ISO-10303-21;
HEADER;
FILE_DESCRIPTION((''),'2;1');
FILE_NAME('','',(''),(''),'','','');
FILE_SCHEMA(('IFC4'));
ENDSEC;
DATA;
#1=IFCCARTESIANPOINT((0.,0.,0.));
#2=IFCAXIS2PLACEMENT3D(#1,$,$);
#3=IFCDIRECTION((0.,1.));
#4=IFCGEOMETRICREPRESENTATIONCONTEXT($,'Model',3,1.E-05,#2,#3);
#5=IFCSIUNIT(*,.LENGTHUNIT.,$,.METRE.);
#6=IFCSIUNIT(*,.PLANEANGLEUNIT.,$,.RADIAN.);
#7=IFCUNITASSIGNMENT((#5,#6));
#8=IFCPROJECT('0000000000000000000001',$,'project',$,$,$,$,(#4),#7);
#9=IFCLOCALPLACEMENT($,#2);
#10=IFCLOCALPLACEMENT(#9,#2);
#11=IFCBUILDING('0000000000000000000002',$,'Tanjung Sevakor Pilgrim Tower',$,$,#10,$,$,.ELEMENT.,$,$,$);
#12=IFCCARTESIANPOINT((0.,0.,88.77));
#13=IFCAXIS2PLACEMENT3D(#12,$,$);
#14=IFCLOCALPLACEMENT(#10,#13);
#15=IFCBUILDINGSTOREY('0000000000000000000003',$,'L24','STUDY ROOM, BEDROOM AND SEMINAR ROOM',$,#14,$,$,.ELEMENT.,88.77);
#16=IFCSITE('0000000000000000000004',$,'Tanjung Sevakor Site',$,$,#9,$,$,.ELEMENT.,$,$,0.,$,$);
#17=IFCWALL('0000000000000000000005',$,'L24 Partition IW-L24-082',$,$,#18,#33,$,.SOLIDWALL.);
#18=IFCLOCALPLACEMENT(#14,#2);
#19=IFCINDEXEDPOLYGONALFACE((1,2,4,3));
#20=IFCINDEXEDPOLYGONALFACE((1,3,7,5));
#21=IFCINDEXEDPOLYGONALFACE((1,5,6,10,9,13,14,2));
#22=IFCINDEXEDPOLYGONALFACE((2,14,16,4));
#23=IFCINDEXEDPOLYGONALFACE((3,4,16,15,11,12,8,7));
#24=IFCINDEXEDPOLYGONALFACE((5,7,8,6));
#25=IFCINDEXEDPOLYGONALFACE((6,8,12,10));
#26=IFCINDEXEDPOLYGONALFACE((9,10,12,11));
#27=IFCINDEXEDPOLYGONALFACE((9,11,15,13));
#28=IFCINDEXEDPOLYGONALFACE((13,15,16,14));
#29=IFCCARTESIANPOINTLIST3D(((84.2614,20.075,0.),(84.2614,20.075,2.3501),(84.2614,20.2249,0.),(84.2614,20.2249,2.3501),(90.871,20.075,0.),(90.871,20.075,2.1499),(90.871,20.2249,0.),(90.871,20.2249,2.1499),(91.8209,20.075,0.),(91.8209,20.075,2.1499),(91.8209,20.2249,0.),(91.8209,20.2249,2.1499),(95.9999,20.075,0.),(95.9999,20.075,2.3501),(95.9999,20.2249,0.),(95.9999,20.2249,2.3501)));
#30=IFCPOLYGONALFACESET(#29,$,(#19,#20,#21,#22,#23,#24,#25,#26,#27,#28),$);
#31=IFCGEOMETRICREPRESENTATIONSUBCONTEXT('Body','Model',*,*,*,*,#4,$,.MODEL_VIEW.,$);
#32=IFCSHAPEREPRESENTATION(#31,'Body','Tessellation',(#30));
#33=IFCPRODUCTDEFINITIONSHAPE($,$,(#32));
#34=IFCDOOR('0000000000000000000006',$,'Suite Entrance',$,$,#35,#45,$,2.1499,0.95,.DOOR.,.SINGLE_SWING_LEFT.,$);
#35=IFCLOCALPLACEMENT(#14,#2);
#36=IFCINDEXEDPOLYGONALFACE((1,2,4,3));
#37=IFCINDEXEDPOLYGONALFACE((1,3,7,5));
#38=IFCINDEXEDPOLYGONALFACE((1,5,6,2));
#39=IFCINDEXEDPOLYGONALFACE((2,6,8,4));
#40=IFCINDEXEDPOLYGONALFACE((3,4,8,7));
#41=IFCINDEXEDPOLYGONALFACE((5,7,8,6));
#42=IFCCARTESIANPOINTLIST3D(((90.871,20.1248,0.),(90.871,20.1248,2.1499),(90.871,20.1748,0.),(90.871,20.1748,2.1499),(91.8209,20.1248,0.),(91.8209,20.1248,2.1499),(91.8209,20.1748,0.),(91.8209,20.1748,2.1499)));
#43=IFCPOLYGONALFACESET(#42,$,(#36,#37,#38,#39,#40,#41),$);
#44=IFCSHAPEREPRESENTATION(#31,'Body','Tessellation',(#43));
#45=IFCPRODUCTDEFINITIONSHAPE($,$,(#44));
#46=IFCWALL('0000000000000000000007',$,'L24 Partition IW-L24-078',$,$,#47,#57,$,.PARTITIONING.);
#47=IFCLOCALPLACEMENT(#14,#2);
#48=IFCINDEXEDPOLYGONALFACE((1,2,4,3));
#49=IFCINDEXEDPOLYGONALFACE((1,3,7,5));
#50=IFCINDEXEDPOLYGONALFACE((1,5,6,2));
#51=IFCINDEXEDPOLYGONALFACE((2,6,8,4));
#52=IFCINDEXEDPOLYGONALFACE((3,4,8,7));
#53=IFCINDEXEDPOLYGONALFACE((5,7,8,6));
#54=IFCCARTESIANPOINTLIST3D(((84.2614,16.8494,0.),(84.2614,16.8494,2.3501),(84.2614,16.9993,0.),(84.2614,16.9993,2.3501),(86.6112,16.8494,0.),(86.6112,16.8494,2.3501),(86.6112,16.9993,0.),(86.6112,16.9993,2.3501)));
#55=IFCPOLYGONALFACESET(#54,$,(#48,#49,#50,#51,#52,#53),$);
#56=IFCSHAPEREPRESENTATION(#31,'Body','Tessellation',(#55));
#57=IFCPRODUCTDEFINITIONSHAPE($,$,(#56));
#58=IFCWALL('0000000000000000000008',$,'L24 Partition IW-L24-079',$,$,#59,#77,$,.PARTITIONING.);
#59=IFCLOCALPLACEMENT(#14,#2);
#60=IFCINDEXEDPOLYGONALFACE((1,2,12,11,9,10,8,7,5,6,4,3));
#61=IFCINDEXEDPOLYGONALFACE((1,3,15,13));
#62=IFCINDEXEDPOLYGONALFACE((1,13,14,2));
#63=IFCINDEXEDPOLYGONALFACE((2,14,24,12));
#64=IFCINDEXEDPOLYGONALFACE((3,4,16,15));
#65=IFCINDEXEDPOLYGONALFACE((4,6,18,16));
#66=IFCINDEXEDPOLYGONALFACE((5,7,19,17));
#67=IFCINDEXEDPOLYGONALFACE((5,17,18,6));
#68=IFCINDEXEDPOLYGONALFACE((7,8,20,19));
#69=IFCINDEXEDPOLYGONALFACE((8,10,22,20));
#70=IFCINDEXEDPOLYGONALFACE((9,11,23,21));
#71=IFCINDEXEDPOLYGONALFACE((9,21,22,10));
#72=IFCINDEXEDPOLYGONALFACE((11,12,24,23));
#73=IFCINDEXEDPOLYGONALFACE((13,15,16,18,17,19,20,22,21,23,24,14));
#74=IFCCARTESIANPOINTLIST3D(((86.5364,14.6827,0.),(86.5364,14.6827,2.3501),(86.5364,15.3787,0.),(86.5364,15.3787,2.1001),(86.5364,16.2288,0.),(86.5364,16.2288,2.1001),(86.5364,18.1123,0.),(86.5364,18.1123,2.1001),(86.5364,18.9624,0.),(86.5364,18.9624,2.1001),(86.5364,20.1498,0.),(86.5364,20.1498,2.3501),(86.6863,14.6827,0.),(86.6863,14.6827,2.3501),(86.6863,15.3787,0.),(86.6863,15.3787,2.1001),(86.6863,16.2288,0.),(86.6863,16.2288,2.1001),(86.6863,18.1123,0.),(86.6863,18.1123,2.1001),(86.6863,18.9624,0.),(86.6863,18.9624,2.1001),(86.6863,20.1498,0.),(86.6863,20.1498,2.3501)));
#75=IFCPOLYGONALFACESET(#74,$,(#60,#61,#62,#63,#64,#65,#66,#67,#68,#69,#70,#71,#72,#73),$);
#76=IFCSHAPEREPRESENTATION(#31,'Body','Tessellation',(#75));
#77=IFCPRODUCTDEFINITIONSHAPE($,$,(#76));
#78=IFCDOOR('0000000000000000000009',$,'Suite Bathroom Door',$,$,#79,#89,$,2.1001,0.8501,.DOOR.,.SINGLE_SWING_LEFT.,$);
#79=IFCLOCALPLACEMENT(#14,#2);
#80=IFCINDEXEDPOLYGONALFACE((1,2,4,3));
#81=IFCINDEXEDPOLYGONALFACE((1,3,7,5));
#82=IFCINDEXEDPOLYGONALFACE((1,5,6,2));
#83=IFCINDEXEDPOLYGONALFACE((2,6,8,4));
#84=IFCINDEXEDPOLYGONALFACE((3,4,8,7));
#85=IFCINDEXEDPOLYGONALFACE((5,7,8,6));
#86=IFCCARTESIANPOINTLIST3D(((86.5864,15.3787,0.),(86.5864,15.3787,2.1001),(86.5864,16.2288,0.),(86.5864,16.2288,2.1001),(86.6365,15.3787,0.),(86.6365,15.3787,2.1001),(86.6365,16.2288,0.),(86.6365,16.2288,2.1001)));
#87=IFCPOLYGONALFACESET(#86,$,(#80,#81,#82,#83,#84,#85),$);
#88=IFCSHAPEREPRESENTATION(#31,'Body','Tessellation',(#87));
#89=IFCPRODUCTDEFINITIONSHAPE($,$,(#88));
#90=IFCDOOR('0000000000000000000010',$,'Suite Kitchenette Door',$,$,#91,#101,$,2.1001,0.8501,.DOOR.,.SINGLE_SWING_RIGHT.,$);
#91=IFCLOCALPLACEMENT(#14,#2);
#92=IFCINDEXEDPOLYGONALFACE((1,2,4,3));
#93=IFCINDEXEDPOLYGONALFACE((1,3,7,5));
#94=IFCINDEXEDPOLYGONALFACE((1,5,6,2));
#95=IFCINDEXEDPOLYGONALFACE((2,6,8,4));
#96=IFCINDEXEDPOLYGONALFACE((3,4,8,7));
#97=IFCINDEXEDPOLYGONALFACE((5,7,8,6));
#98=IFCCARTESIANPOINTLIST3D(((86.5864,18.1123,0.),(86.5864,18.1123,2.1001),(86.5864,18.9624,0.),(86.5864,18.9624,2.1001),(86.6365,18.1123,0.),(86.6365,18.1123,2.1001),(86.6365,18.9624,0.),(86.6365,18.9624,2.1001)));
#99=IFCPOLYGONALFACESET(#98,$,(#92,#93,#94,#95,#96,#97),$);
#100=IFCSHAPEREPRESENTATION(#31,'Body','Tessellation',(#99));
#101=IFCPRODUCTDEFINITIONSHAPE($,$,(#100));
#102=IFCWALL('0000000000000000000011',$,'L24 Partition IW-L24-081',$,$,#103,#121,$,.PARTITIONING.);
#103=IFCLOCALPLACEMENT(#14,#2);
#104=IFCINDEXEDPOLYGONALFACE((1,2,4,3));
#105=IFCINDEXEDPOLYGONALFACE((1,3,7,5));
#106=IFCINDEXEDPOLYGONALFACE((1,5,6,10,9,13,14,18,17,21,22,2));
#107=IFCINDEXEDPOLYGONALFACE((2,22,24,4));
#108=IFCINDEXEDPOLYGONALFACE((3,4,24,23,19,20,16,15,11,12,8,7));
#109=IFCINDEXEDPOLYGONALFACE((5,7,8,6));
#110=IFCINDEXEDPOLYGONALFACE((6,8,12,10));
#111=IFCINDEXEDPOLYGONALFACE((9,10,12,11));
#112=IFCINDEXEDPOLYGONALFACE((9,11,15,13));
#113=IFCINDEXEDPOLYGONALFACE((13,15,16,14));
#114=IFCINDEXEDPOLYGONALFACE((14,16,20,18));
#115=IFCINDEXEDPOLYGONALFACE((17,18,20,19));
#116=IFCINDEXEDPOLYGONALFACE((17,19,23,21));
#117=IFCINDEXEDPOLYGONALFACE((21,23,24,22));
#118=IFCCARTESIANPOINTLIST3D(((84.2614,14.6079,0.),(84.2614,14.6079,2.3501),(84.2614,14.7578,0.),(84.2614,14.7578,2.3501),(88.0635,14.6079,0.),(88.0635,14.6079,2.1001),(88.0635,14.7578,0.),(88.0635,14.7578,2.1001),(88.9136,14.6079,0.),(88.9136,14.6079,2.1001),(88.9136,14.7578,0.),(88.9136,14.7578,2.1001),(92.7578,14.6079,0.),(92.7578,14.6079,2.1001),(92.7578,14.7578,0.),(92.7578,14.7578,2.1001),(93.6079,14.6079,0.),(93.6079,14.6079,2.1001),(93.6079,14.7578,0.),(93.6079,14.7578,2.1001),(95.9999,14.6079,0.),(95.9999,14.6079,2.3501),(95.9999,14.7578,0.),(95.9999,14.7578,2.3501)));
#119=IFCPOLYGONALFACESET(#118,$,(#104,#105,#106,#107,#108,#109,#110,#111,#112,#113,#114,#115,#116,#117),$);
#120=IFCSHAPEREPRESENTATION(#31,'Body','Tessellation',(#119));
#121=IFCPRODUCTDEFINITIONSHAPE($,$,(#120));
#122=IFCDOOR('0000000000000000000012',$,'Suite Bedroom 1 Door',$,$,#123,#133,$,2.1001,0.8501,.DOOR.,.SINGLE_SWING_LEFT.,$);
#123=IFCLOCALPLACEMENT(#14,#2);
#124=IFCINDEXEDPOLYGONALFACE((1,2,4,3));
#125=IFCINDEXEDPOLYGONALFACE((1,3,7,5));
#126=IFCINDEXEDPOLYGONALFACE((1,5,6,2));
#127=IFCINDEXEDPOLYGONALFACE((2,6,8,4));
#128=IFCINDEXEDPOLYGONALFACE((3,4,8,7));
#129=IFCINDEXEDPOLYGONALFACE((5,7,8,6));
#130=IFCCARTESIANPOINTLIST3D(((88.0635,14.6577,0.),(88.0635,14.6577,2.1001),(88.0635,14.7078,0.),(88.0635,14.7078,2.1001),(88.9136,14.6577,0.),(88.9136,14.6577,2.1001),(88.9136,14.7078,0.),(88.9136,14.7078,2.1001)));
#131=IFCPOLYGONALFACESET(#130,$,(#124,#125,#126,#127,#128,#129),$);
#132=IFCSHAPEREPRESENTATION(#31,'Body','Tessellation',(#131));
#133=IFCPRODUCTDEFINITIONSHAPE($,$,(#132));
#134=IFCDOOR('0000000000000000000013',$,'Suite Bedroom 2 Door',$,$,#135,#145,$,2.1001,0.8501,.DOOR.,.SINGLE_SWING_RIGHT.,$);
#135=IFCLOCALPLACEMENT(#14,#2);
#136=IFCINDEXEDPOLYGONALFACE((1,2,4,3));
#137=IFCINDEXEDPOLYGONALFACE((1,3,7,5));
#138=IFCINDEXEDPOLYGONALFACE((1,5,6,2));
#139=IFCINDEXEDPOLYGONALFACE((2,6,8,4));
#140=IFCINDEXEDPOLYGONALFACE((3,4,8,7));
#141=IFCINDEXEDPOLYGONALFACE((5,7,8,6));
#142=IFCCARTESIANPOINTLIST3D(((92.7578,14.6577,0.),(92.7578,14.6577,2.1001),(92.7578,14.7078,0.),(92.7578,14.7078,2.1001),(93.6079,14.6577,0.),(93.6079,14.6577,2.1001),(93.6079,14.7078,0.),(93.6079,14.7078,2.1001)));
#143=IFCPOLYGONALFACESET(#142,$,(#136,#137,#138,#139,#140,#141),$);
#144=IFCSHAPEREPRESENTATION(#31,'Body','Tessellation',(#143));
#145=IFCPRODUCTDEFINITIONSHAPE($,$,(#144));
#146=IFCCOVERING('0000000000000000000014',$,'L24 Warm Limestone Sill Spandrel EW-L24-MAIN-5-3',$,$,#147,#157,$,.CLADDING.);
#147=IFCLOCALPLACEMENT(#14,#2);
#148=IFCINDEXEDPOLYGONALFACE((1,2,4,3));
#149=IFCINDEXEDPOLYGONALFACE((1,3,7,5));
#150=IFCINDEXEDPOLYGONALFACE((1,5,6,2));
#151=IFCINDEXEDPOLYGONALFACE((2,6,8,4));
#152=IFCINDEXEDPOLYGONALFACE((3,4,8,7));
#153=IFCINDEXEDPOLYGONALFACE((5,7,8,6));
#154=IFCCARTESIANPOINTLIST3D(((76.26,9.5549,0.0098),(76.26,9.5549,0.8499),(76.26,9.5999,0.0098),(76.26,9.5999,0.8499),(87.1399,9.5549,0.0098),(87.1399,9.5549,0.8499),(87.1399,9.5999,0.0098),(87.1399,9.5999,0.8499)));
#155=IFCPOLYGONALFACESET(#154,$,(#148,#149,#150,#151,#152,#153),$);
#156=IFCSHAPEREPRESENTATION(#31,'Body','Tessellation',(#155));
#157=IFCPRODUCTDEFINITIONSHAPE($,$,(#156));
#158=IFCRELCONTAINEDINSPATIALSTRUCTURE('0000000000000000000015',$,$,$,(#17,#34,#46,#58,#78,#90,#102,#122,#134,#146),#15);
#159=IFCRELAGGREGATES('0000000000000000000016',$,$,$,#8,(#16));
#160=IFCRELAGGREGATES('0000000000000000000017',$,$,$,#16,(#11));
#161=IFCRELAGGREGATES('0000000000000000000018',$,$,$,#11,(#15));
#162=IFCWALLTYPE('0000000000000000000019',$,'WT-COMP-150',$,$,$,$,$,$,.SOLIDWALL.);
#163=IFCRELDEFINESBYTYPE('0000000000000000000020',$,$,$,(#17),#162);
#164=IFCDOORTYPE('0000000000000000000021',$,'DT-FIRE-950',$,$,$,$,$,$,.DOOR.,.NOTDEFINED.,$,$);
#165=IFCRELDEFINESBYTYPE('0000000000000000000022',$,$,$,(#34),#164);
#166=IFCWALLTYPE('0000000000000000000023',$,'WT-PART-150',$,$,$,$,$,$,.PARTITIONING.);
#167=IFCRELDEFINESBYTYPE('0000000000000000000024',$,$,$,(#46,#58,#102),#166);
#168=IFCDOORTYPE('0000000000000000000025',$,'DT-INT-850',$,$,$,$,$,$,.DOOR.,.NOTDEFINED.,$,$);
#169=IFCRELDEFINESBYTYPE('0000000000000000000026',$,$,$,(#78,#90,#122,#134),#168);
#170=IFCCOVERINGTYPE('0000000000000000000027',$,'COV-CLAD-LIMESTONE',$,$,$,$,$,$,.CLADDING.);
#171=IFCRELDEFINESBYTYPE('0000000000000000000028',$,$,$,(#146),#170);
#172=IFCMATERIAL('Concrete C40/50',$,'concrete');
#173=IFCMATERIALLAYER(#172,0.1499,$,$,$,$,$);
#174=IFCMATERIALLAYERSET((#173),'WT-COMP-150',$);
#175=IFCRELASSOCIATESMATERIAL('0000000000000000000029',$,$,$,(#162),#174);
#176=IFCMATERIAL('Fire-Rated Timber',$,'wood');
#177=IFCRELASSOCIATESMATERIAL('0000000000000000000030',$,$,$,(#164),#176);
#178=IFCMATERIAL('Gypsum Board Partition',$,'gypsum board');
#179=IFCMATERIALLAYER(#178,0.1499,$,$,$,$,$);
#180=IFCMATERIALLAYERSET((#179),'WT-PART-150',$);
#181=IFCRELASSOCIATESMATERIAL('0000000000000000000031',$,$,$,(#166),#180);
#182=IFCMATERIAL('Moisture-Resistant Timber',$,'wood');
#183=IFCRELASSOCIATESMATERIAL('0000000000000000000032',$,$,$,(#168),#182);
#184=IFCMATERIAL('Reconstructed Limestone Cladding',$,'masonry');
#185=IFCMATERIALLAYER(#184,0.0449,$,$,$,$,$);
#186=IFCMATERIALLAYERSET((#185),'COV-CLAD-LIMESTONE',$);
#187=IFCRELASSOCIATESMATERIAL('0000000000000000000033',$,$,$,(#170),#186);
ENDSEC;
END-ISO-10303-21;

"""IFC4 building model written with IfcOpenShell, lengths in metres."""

from ifc_helpers import new_model, si_unit, direction, frame, frame_2d, origin, origin_2d, place, context, subcontext, project, spatial, rectangle, extrude, material, layer, layer_set, type_object, element, fill, save


model = new_model("IFC4")

# Units and contexts
model_context = context("Model", 3, precision=1e-05, world=origin(), true_north=direction((0.0, 1.0)))
body_context = subcontext(model_context, "Body", "Model", "MODEL_VIEW")
ifc_project = project(units=[si_unit("LENGTHUNIT", "METRE"), si_unit("PLANEANGLEUNIT", "RADIAN")], contexts=[model_context])

# Site, building, storey
site_placement = place(None, origin())
site = spatial("IfcSite", under=ifc_project, at=site_placement, Name="Tanjung Sevakor Site", CompositionType="ELEMENT", RefElevation=0.0)
building_placement = place(site_placement, origin())
building = spatial("IfcBuilding", under=site, at=building_placement, Name="Tanjung Sevakor Pilgrim Tower", CompositionType="ELEMENT")
storey_placement = place(building_placement, frame((0.0, 0.0, 88.77)))
storey = spatial("IfcBuildingStorey", under=building, at=storey_placement, Name="L24", Description="STUDY ROOM, BEDROOM AND SEMINAR ROOM", CompositionType="ELEMENT", Elevation=88.77)

# Shared definitions
ifc_material_1 = material(Name="Concrete C40/50", Category="concrete")
ifc_layer_1 = layer(ifc_material_1, 0.1499)
ifc_layer_set_1 = layer_set([ifc_layer_1], Name="WT-COMP-150")
wall_type_1 = type_object("IfcWallType", Name="WT-COMP-150", PredefinedType="SOLIDWALL", material=ifc_layer_set_1)

# Wall, opening, door
wall_1_placement = place(storey_placement, frame((84.2615, 20.1499, 0.0), z_axis=(0.0, 0.0, 1.0), x_axis=(1.0, 0.0, 0.0)))
wall_1 = element("IfcWall", 1, at=wall_1_placement, inside=storey, type_object=wall_type_1, Name="L24 Partition IW-L24-082", PredefinedType="SOLIDWALL", context=body_context, shape_type="SweptSolid", body=[
    extrude(rectangle(XDim=11.7385, YDim=0.1499, at=frame_2d((5.8691, 0.0))), origin(), (0.0, 0.0, 1.0), 2.3501),
])
opening_1_placement = place(wall_1_placement, frame((6.6094, 0.0, 0.0)))
opening_1 = element("IfcOpeningElement", 2, at=opening_1_placement, cuts=wall_1, PredefinedType="OPENING", context=body_context, shape_type="SweptSolid", body=[
    extrude(rectangle(XDim=0.95, YDim=2.1499, at=frame_2d((0.4751, 1.075))), frame((0.0, 0.085, 0.0), z_axis=(0.0, -1.0, 0.0), x_axis=(1.0, 0.0, 0.0)), (0.0, 0.0, 1.0), 0.1699),
])
ifc_material_2 = material(Name="Fire-Rated Timber", Category="wood")
door_type_1 = type_object("IfcDoorType", Name="DT-FIRE-950", OperationType="NOTDEFINED", PredefinedType="DOOR", material=ifc_material_2)
door_1_placement = place(opening_1_placement, origin())
door_1 = element("IfcDoor", 3, at=door_1_placement, inside=storey, type_object=door_type_1, Name="Suite Entrance", OperationType="SINGLE_SWING_LEFT", OverallHeight=2.1499, OverallWidth=0.95, PredefinedType="DOOR", context=body_context, shape_type="SweptSolid", body=[
    extrude(rectangle(XDim=0.95, YDim=2.1499, at=frame_2d((0.4751, 1.075))), frame((0.0, 0.0249, 0.0), z_axis=(0.0, -1.0, 0.0), x_axis=(1.0, 0.0, 0.0)), (0.0, 0.0, 1.0), 0.05),
])
fill(opening_1, door_1)

# Wall
ifc_material_3 = material(Name="Gypsum Board Partition", Category="gypsum board")
ifc_layer_2 = layer(ifc_material_3, 0.1499)
ifc_layer_set_2 = layer_set([ifc_layer_2], Name="WT-PART-150")
wall_type_2 = type_object("IfcWallType", Name="WT-PART-150", PredefinedType="PARTITIONING", material=ifc_layer_set_2)
wall_2_placement = place(storey_placement, frame((84.2615, 16.9243, 0.0), z_axis=(0.0, 0.0, 1.0), x_axis=(1.0, 0.0, 0.0)))
element("IfcWall", 4, at=wall_2_placement, inside=storey, type_object=wall_type_2, Name="L24 Partition IW-L24-078", PredefinedType="PARTITIONING", context=body_context, shape_type="SweptSolid", body=[
    extrude(rectangle(XDim=2.3499, YDim=0.1499, at=frame_2d((1.1748, 0.0))), origin(), (0.0, 0.0, 1.0), 2.3501),
])

# Walls, openings, doors
wall_3_placement = place(storey_placement, frame((86.6113, 14.6829, 0.0), z_axis=(0.0, 0.0, 1.0), x_axis=(0.0, 1.0, 0.0)))
wall_3 = element("IfcWall", 5, at=wall_3_placement, inside=storey, type_object=wall_type_2, Name="L24 Partition IW-L24-079", PredefinedType="PARTITIONING", context=body_context, shape_type="SweptSolid", body=[
    extrude(rectangle(XDim=5.467, YDim=0.1499, at=frame_2d((2.7334, 0.0))), origin(), (0.0, 0.0, 1.0), 2.3501),
])
opening_2_placement = place(wall_3_placement, frame((0.6958, 0.0, 0.0)))
opening_2 = element("IfcOpeningElement", 6, at=opening_2_placement, cuts=wall_3, PredefinedType="OPENING", context=body_context, shape_type="SweptSolid", body=[
    extrude(rectangle(XDim=0.8501, YDim=2.1001, at=frame_2d((0.425, 1.05))), frame((0.0, 0.085, 0.0), z_axis=(0.0, -1.0, 0.0), x_axis=(1.0, 0.0, 0.0)), (0.0, 0.0, 1.0), 0.1699),
])
opening_3_placement = place(wall_3_placement, frame((3.4294, 0.0, 0.0)))
opening_3 = element("IfcOpeningElement", 7, at=opening_3_placement, cuts=wall_3, PredefinedType="OPENING", context=body_context, shape_type="SweptSolid", body=[
    extrude(rectangle(XDim=0.8501, YDim=2.1001, at=frame_2d((0.425, 1.05))), frame((0.0, 0.085, 0.0), z_axis=(0.0, -1.0, 0.0), x_axis=(1.0, 0.0, 0.0)), (0.0, 0.0, 1.0), 0.1699),
])
ifc_material_4 = material(Name="Moisture-Resistant Timber", Category="wood")
door_type_2 = type_object("IfcDoorType", Name="DT-INT-850", OperationType="NOTDEFINED", PredefinedType="DOOR", material=ifc_material_4)
door_2_placement = place(opening_2_placement, origin())
door_2 = element("IfcDoor", 8, at=door_2_placement, inside=storey, type_object=door_type_2, Name="Suite Bathroom Door", OperationType="SINGLE_SWING_LEFT", OverallHeight=2.1001, OverallWidth=0.8501, PredefinedType="DOOR", context=body_context, shape_type="SweptSolid", body=[
    extrude(rectangle(XDim=0.8501, YDim=2.1001, at=frame_2d((0.425, 1.05))), frame((0.0, 0.0249, 0.0), z_axis=(0.0, -1.0, 0.0), x_axis=(1.0, 0.0, 0.0)), (0.0, 0.0, 1.0), 0.05),
])
fill(opening_2, door_2)
door_3_placement = place(opening_3_placement, origin())
door_3 = element("IfcDoor", 9, at=door_3_placement, inside=storey, type_object=door_type_2, Name="Suite Kitchenette Door", OperationType="SINGLE_SWING_RIGHT", OverallHeight=2.1001, OverallWidth=0.8501, PredefinedType="DOOR", context=body_context, shape_type="SweptSolid", body=[
    extrude(rectangle(XDim=0.8501, YDim=2.1001, at=frame_2d((0.425, 1.05))), frame((0.0, 0.0249, 0.0), z_axis=(0.0, -1.0, 0.0), x_axis=(1.0, 0.0, 0.0)), (0.0, 0.0, 1.0), 0.05),
])
fill(opening_3, door_3)
wall_4_placement = place(storey_placement, frame((84.2615, 14.6829, 0.0), z_axis=(0.0, 0.0, 1.0), x_axis=(1.0, 0.0, 0.0)))
wall_4 = element("IfcWall", 10, at=wall_4_placement, inside=storey, type_object=wall_type_2, Name="L24 Partition IW-L24-081", PredefinedType="PARTITIONING", context=body_context, shape_type="SweptSolid", body=[
    extrude(rectangle(XDim=11.7385, YDim=0.1499, at=frame_2d((5.8691, 0.0))), origin(), (0.0, 0.0, 1.0), 2.3501),
])
opening_4_placement = place(wall_4_placement, frame((3.802, 0.0, 0.0)))
opening_4 = element("IfcOpeningElement", 11, at=opening_4_placement, cuts=wall_4, PredefinedType="OPENING", context=body_context, shape_type="SweptSolid", body=[
    extrude(rectangle(XDim=0.8501, YDim=2.1001, at=frame_2d((0.425, 1.05))), frame((0.0, 0.085, 0.0), z_axis=(0.0, -1.0, 0.0), x_axis=(1.0, 0.0, 0.0)), (0.0, 0.0, 1.0), 0.1699),
])
opening_5_placement = place(wall_4_placement, frame((8.4963, 0.0, 0.0)))
opening_5 = element("IfcOpeningElement", 12, at=opening_5_placement, cuts=wall_4, PredefinedType="OPENING", context=body_context, shape_type="SweptSolid", body=[
    extrude(rectangle(XDim=0.8501, YDim=2.1001, at=frame_2d((0.425, 1.05))), frame((0.0, 0.085, 0.0), z_axis=(0.0, -1.0, 0.0), x_axis=(1.0, 0.0, 0.0)), (0.0, 0.0, 1.0), 0.1699),
])
door_4_placement = place(opening_4_placement, origin())
door_4 = element("IfcDoor", 13, at=door_4_placement, inside=storey, type_object=door_type_2, Name="Suite Bedroom 1 Door", OperationType="SINGLE_SWING_LEFT", OverallHeight=2.1001, OverallWidth=0.8501, PredefinedType="DOOR", context=body_context, shape_type="SweptSolid", body=[
    extrude(rectangle(XDim=0.8501, YDim=2.1001, at=frame_2d((0.425, 1.05))), frame((0.0, 0.0249, 0.0), z_axis=(0.0, -1.0, 0.0), x_axis=(1.0, 0.0, 0.0)), (0.0, 0.0, 1.0), 0.05),
])
fill(opening_4, door_4)
door_5_placement = place(opening_5_placement, origin())
door_5 = element("IfcDoor", 14, at=door_5_placement, inside=storey, type_object=door_type_2, Name="Suite Bedroom 2 Door", OperationType="SINGLE_SWING_RIGHT", OverallHeight=2.1001, OverallWidth=0.8501, PredefinedType="DOOR", context=body_context, shape_type="SweptSolid", body=[
    extrude(rectangle(XDim=0.8501, YDim=2.1001, at=frame_2d((0.425, 1.05))), frame((0.0, 0.0249, 0.0), z_axis=(0.0, -1.0, 0.0), x_axis=(1.0, 0.0, 0.0)), (0.0, 0.0, 1.0), 0.05),
])
fill(opening_5, door_5)

# Covering
ifc_material_5 = material(Name="Reconstructed Limestone Cladding", Category="masonry")
ifc_layer_3 = layer(ifc_material_5, 0.0449)
ifc_layer_set_3 = layer_set([ifc_layer_3], Name="COV-CLAD-LIMESTONE")
covering_type = type_object("IfcCoveringType", Name="COV-CLAD-LIMESTONE", PredefinedType="CLADDING", material=ifc_layer_set_3)
covering_placement = place(storey_placement, frame((81.7, 9.5774, 0.0098), z_axis=(0.0, 0.0, 1.0), x_axis=(1.0, 0.0, 0.0)))
element("IfcCovering", 15, at=covering_placement, inside=storey, type_object=covering_type, Name="L24 Warm Limestone Sill Spandrel EW-L24-MAIN-5-3", PredefinedType="CLADDING", context=body_context, shape_type="SweptSolid", body=[
    extrude(rectangle(XDim=10.8799, YDim=0.0449, at=origin_2d()), origin(), (0.0, 0.0, 1.0), 0.8401),
])

save(model, "model.ifc")
